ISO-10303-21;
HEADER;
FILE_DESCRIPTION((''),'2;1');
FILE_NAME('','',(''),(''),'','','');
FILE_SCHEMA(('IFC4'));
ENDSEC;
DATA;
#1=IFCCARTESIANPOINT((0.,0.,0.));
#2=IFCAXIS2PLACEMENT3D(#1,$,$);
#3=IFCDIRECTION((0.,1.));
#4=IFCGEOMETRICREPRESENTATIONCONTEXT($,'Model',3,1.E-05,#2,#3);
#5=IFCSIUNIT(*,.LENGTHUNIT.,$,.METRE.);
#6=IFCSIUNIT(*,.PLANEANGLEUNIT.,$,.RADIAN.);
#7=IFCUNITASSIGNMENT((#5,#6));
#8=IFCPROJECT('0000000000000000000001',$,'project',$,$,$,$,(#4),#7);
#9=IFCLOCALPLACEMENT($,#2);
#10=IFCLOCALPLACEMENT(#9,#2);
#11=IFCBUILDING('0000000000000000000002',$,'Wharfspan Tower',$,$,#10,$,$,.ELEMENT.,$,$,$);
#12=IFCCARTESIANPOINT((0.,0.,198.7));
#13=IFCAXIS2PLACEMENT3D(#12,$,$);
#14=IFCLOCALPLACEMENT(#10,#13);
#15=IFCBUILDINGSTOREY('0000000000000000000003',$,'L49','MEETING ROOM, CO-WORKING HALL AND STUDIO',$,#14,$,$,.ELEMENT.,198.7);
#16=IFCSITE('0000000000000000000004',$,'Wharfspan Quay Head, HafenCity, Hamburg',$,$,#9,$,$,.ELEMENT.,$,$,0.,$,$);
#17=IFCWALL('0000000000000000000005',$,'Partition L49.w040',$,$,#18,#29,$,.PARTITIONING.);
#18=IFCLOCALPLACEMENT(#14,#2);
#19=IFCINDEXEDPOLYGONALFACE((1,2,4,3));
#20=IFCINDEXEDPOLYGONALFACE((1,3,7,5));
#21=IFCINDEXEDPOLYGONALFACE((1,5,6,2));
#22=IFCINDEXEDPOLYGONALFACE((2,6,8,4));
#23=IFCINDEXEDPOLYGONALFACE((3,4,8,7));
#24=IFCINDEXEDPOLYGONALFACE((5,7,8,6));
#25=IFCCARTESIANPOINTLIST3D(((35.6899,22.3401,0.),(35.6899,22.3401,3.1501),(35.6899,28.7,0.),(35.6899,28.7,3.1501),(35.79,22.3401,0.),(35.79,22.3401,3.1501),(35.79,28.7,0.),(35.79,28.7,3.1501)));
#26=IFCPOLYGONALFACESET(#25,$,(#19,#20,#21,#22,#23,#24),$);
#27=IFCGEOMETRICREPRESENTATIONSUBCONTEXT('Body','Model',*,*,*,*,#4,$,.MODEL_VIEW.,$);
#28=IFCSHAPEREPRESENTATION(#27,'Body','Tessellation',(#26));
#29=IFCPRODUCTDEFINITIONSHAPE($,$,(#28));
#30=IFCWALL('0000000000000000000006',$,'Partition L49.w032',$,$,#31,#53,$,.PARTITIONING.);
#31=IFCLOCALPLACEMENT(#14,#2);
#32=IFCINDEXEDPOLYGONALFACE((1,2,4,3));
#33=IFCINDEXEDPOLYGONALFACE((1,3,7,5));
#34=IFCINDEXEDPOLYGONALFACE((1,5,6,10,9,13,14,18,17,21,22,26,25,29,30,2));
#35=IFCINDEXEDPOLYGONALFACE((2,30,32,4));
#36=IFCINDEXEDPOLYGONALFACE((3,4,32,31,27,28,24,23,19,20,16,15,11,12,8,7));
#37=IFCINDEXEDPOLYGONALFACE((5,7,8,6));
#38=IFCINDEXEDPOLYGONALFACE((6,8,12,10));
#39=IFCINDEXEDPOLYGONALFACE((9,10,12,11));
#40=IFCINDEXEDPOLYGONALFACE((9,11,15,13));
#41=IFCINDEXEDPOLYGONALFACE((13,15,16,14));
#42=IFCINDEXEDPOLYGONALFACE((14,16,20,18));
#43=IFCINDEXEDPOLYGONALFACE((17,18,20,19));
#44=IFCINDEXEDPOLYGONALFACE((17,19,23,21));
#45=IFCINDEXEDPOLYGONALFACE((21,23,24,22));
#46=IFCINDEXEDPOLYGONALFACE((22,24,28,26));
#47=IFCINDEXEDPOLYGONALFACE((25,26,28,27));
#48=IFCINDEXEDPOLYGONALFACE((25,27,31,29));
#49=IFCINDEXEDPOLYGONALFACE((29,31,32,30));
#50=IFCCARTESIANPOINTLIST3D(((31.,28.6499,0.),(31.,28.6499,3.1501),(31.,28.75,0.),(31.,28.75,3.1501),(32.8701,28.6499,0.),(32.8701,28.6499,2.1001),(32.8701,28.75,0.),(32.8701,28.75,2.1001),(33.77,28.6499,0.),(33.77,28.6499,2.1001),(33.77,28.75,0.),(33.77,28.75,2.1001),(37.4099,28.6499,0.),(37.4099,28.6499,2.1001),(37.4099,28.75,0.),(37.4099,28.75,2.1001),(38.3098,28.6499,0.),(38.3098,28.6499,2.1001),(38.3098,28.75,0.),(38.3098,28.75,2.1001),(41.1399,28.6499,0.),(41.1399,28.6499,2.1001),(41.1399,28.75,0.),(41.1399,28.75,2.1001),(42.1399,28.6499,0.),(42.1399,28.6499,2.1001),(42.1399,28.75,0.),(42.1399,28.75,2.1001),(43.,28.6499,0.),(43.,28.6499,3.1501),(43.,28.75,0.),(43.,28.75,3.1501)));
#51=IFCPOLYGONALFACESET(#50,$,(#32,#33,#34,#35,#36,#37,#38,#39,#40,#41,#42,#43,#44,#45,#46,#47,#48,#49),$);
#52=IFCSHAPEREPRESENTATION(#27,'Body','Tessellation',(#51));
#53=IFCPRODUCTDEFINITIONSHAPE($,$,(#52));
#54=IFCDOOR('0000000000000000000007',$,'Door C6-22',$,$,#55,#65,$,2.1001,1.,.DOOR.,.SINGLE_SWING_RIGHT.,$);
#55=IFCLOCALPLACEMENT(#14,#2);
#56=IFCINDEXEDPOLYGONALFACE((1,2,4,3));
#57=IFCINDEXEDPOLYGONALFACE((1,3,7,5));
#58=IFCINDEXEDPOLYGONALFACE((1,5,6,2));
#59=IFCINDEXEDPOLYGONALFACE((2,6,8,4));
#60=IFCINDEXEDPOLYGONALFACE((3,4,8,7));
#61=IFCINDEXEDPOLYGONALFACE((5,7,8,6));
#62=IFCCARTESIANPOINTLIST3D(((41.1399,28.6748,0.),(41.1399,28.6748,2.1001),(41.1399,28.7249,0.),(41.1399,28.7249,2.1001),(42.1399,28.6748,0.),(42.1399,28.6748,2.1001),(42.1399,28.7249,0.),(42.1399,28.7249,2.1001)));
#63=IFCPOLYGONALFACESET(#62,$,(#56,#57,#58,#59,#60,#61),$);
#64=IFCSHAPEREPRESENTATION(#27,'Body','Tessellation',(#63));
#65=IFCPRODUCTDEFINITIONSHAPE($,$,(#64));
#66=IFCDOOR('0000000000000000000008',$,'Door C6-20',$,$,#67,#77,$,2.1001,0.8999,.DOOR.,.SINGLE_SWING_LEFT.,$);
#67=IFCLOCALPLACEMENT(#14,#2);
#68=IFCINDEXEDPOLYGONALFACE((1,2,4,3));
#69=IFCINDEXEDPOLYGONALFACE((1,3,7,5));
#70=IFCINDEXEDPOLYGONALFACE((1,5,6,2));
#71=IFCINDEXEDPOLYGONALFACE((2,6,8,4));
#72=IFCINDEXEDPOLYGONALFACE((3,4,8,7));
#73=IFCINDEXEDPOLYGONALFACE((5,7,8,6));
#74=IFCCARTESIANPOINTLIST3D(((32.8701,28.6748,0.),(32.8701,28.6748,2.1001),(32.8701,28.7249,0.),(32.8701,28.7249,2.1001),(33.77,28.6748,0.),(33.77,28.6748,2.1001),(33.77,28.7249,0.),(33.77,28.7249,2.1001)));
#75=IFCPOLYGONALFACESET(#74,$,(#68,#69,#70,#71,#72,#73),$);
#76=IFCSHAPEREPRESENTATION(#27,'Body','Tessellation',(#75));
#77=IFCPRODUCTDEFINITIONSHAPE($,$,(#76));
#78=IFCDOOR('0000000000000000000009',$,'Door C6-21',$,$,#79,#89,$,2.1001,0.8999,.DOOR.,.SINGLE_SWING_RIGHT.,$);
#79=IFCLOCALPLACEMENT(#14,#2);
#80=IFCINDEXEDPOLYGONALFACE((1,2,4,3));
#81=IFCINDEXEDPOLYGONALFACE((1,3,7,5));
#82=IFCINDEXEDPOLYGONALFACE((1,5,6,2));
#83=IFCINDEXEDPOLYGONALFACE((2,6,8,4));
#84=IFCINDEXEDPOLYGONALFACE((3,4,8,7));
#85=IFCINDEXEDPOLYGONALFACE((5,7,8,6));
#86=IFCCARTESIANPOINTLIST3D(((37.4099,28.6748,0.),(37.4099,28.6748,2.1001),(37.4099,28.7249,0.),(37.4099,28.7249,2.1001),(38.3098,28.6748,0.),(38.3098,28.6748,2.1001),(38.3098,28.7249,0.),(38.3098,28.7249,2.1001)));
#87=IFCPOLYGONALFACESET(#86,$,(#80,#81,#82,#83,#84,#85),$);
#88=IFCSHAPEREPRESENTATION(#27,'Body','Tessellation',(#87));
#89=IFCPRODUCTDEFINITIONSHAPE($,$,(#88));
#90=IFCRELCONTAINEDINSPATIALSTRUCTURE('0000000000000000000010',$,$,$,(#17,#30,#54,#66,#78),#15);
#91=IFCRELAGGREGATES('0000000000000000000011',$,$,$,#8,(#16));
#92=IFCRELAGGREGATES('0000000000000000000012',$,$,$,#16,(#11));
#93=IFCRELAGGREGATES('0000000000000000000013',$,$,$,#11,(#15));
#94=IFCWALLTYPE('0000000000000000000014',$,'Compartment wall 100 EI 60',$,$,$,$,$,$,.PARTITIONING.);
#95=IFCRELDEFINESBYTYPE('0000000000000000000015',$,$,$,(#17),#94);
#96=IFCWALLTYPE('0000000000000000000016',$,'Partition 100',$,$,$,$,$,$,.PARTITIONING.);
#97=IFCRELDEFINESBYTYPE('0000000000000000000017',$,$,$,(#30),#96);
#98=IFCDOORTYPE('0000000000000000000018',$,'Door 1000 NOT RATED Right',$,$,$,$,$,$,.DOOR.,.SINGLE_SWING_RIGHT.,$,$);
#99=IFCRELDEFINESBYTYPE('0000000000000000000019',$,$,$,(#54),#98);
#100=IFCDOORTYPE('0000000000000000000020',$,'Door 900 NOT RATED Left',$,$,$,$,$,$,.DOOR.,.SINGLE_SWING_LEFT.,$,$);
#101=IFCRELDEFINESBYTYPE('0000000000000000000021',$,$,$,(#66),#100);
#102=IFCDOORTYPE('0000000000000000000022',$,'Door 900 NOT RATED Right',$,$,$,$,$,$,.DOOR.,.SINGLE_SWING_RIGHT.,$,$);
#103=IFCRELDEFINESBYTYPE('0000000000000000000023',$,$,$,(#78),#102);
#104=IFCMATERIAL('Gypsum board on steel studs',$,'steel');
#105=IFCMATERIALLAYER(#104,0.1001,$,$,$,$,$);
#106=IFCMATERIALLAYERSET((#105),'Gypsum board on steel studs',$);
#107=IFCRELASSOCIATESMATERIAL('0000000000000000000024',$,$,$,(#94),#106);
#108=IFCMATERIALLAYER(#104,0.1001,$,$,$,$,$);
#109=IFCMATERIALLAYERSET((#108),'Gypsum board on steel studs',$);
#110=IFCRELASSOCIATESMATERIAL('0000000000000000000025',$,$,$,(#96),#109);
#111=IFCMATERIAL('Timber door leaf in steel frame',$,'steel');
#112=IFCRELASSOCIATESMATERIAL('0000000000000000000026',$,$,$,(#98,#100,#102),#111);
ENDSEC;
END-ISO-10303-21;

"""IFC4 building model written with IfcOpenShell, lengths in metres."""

from ifc_helpers import new_model, si_unit, direction, frame, frame_2d, origin, place, context, subcontext, project, spatial, rectangle, extrude, material, layer, layer_set, type_object, element, fill, save


model = new_model("IFC4")

# Units and contexts
model_context = context("Model", 3, precision=1e-05, world=origin(), true_north=direction((0.0, 1.0)))
body_context = subcontext(model_context, "Body", "Model", "MODEL_VIEW")
ifc_project = project(units=[si_unit("LENGTHUNIT", "METRE"), si_unit("PLANEANGLEUNIT", "RADIAN")], contexts=[model_context])

# Site, building, storey
site_placement = place(None, origin())
site = spatial("IfcSite", under=ifc_project, at=site_placement, Name="Wharfspan Quay Head, HafenCity, Hamburg", CompositionType="ELEMENT", RefElevation=0.0)
building_placement = place(site_placement, origin())
building = spatial("IfcBuilding", under=site, at=building_placement, Name="Wharfspan Tower", CompositionType="ELEMENT")
storey_placement = place(building_placement, frame((0.0, 0.0, 198.7)))
storey = spatial("IfcBuildingStorey", under=building, at=storey_placement, Name="L49", Description="MEETING ROOM, CO-WORKING HALL AND STUDIO", CompositionType="ELEMENT", Elevation=198.7)

# Shared definitions
ifc_material_1 = material(Name="Gypsum board on steel studs", Category="steel")
ifc_layer_1 = layer(ifc_material_1, 0.1001)
ifc_layer_set_1 = layer_set([ifc_layer_1], Name="Gypsum board on steel studs")
wall_type_1 = type_object("IfcWallType", Name="Compartment wall 100 EI 60", PredefinedType="PARTITIONING", material=ifc_layer_set_1)

# Wall
wall_1_placement = place(storey_placement, frame((35.74, 22.3401, 0.0), z_axis=(0.0, 0.0, 1.0), x_axis=(0.0, 1.0, 0.0)))
element("IfcWall", 1, at=wall_1_placement, inside=storey, type_object=wall_type_1, Name="Partition L49.w040", PredefinedType="PARTITIONING", context=body_context, shape_type="SweptSolid", body=[
    extrude(rectangle(XDim=6.3599, YDim=0.1001, at=frame_2d((3.1799, 0.0))), origin(), (0.0, 0.0, 1.0), 3.1501),
])

# Wall, openings, doors
ifc_layer_2 = layer(ifc_material_1, 0.1001)
ifc_layer_set_2 = layer_set([ifc_layer_2], Name="Gypsum board on steel studs")
wall_type_2 = type_object("IfcWallType", Name="Partition 100", PredefinedType="PARTITIONING", material=ifc_layer_set_2)
wall_2_placement = place(storey_placement, frame((31.0, 28.7, 0.0), z_axis=(0.0, 0.0, 1.0), x_axis=(1.0, 0.0, 0.0)))
wall_2 = element("IfcWall", 2, at=wall_2_placement, inside=storey, type_object=wall_type_2, Name="Partition L49.w032", PredefinedType="PARTITIONING", context=body_context, shape_type="SweptSolid", body=[
    extrude(rectangle(XDim=12.0, YDim=0.1001, at=frame_2d((6.0, 0.0))), origin(), (0.0, 0.0, 1.0), 3.1501),
])
opening_1_placement = place(wall_2_placement, frame((1.8701, 0.0, 0.0)))
opening_1 = element("IfcOpeningElement", 3, at=opening_1_placement, cuts=wall_2, PredefinedType="OPENING", context=body_context, shape_type="SweptSolid", body=[
    extrude(rectangle(XDim=0.8999, YDim=2.1001, at=frame_2d((0.45, 1.05))), frame((0.0, 0.0601, 0.0), z_axis=(0.0, -1.0, 0.0), x_axis=(1.0, 0.0, 0.0)), (0.0, 0.0, 1.0), 0.1201),
])
opening_2_placement = place(wall_2_placement, frame((6.4099, 0.0, 0.0)))
opening_2 = element("IfcOpeningElement", 4, at=opening_2_placement, cuts=wall_2, PredefinedType="OPENING", context=body_context, shape_type="SweptSolid", body=[
    extrude(rectangle(XDim=0.8999, YDim=2.1001, at=frame_2d((0.45, 1.05))), frame((0.0, 0.0601, 0.0), z_axis=(0.0, -1.0, 0.0), x_axis=(1.0, 0.0, 0.0)), (0.0, 0.0, 1.0), 0.1201),
])
opening_3_placement = place(wall_2_placement, frame((10.1399, 0.0, 0.0)))
opening_3 = element("IfcOpeningElement", 5, at=opening_3_placement, cuts=wall_2, PredefinedType="OPENING", context=body_context, shape_type="SweptSolid", body=[
    extrude(rectangle(XDim=1.0, YDim=2.1001, at=frame_2d((0.5, 1.05))), frame((0.0, 0.0601, 0.0), z_axis=(0.0, -1.0, 0.0), x_axis=(1.0, 0.0, 0.0)), (0.0, 0.0, 1.0), 0.1201),
])
ifc_material_2 = material(Name="Timber door leaf in steel frame", Category="steel")
door_type_1 = type_object("IfcDoorType", Name="Door 1000 NOT RATED Right", OperationType="SINGLE_SWING_RIGHT", PredefinedType="DOOR", material=ifc_material_2)
door_1_placement = place(opening_3_placement, origin())
door_1 = element("IfcDoor", 6, at=door_1_placement, inside=storey, type_object=door_type_1, Name="Door C6-22", OperationType="SINGLE_SWING_RIGHT", OverallHeight=2.1001, OverallWidth=1.0, PredefinedType="DOOR", context=body_context, shape_type="SweptSolid", body=[
    extrude(rectangle(XDim=1.0, YDim=2.1001, at=frame_2d((0.5, 1.05))), frame((0.0, 0.0249, 0.0), z_axis=(0.0, -1.0, 0.0), x_axis=(1.0, 0.0, 0.0)), (0.0, 0.0, 1.0), 0.05),
])
fill(opening_3, door_1)
door_type_2 = type_object("IfcDoorType", Name="Door 900 NOT RATED Left", OperationType="SINGLE_SWING_LEFT", PredefinedType="DOOR", material=ifc_material_2)
door_2_placement = place(opening_1_placement, origin())
door_2 = element("IfcDoor", 7, at=door_2_placement, inside=storey, type_object=door_type_2, Name="Door C6-20", OperationType="SINGLE_SWING_LEFT", OverallHeight=2.1001, OverallWidth=0.8999, PredefinedType="DOOR", context=body_context, shape_type="SweptSolid", body=[
    extrude(rectangle(XDim=0.8999, YDim=2.1001, at=frame_2d((0.45, 1.05))), frame((0.0, 0.0249, 0.0), z_axis=(0.0, -1.0, 0.0), x_axis=(1.0, 0.0, 0.0)), (0.0, 0.0, 1.0), 0.05),
])
fill(opening_1, door_2)
door_type_3 = type_object("IfcDoorType", Name="Door 900 NOT RATED Right", OperationType="SINGLE_SWING_RIGHT", PredefinedType="DOOR", material=ifc_material_2)
door_3_placement = place(opening_2_placement, origin())
door_3 = element("IfcDoor", 8, at=door_3_placement, inside=storey, type_object=door_type_3, Name="Door C6-21", OperationType="SINGLE_SWING_RIGHT", OverallHeight=2.1001, OverallWidth=0.8999, PredefinedType="DOOR", context=body_context, shape_type="SweptSolid", body=[
    extrude(rectangle(XDim=0.8999, YDim=2.1001, at=frame_2d((0.45, 1.05))), frame((0.0, 0.0249, 0.0), z_axis=(0.0, -1.0, 0.0), x_axis=(1.0, 0.0, 0.0)), (0.0, 0.0, 1.0), 0.05),
])
fill(opening_2, door_3)

save(model, "model.ifc")
